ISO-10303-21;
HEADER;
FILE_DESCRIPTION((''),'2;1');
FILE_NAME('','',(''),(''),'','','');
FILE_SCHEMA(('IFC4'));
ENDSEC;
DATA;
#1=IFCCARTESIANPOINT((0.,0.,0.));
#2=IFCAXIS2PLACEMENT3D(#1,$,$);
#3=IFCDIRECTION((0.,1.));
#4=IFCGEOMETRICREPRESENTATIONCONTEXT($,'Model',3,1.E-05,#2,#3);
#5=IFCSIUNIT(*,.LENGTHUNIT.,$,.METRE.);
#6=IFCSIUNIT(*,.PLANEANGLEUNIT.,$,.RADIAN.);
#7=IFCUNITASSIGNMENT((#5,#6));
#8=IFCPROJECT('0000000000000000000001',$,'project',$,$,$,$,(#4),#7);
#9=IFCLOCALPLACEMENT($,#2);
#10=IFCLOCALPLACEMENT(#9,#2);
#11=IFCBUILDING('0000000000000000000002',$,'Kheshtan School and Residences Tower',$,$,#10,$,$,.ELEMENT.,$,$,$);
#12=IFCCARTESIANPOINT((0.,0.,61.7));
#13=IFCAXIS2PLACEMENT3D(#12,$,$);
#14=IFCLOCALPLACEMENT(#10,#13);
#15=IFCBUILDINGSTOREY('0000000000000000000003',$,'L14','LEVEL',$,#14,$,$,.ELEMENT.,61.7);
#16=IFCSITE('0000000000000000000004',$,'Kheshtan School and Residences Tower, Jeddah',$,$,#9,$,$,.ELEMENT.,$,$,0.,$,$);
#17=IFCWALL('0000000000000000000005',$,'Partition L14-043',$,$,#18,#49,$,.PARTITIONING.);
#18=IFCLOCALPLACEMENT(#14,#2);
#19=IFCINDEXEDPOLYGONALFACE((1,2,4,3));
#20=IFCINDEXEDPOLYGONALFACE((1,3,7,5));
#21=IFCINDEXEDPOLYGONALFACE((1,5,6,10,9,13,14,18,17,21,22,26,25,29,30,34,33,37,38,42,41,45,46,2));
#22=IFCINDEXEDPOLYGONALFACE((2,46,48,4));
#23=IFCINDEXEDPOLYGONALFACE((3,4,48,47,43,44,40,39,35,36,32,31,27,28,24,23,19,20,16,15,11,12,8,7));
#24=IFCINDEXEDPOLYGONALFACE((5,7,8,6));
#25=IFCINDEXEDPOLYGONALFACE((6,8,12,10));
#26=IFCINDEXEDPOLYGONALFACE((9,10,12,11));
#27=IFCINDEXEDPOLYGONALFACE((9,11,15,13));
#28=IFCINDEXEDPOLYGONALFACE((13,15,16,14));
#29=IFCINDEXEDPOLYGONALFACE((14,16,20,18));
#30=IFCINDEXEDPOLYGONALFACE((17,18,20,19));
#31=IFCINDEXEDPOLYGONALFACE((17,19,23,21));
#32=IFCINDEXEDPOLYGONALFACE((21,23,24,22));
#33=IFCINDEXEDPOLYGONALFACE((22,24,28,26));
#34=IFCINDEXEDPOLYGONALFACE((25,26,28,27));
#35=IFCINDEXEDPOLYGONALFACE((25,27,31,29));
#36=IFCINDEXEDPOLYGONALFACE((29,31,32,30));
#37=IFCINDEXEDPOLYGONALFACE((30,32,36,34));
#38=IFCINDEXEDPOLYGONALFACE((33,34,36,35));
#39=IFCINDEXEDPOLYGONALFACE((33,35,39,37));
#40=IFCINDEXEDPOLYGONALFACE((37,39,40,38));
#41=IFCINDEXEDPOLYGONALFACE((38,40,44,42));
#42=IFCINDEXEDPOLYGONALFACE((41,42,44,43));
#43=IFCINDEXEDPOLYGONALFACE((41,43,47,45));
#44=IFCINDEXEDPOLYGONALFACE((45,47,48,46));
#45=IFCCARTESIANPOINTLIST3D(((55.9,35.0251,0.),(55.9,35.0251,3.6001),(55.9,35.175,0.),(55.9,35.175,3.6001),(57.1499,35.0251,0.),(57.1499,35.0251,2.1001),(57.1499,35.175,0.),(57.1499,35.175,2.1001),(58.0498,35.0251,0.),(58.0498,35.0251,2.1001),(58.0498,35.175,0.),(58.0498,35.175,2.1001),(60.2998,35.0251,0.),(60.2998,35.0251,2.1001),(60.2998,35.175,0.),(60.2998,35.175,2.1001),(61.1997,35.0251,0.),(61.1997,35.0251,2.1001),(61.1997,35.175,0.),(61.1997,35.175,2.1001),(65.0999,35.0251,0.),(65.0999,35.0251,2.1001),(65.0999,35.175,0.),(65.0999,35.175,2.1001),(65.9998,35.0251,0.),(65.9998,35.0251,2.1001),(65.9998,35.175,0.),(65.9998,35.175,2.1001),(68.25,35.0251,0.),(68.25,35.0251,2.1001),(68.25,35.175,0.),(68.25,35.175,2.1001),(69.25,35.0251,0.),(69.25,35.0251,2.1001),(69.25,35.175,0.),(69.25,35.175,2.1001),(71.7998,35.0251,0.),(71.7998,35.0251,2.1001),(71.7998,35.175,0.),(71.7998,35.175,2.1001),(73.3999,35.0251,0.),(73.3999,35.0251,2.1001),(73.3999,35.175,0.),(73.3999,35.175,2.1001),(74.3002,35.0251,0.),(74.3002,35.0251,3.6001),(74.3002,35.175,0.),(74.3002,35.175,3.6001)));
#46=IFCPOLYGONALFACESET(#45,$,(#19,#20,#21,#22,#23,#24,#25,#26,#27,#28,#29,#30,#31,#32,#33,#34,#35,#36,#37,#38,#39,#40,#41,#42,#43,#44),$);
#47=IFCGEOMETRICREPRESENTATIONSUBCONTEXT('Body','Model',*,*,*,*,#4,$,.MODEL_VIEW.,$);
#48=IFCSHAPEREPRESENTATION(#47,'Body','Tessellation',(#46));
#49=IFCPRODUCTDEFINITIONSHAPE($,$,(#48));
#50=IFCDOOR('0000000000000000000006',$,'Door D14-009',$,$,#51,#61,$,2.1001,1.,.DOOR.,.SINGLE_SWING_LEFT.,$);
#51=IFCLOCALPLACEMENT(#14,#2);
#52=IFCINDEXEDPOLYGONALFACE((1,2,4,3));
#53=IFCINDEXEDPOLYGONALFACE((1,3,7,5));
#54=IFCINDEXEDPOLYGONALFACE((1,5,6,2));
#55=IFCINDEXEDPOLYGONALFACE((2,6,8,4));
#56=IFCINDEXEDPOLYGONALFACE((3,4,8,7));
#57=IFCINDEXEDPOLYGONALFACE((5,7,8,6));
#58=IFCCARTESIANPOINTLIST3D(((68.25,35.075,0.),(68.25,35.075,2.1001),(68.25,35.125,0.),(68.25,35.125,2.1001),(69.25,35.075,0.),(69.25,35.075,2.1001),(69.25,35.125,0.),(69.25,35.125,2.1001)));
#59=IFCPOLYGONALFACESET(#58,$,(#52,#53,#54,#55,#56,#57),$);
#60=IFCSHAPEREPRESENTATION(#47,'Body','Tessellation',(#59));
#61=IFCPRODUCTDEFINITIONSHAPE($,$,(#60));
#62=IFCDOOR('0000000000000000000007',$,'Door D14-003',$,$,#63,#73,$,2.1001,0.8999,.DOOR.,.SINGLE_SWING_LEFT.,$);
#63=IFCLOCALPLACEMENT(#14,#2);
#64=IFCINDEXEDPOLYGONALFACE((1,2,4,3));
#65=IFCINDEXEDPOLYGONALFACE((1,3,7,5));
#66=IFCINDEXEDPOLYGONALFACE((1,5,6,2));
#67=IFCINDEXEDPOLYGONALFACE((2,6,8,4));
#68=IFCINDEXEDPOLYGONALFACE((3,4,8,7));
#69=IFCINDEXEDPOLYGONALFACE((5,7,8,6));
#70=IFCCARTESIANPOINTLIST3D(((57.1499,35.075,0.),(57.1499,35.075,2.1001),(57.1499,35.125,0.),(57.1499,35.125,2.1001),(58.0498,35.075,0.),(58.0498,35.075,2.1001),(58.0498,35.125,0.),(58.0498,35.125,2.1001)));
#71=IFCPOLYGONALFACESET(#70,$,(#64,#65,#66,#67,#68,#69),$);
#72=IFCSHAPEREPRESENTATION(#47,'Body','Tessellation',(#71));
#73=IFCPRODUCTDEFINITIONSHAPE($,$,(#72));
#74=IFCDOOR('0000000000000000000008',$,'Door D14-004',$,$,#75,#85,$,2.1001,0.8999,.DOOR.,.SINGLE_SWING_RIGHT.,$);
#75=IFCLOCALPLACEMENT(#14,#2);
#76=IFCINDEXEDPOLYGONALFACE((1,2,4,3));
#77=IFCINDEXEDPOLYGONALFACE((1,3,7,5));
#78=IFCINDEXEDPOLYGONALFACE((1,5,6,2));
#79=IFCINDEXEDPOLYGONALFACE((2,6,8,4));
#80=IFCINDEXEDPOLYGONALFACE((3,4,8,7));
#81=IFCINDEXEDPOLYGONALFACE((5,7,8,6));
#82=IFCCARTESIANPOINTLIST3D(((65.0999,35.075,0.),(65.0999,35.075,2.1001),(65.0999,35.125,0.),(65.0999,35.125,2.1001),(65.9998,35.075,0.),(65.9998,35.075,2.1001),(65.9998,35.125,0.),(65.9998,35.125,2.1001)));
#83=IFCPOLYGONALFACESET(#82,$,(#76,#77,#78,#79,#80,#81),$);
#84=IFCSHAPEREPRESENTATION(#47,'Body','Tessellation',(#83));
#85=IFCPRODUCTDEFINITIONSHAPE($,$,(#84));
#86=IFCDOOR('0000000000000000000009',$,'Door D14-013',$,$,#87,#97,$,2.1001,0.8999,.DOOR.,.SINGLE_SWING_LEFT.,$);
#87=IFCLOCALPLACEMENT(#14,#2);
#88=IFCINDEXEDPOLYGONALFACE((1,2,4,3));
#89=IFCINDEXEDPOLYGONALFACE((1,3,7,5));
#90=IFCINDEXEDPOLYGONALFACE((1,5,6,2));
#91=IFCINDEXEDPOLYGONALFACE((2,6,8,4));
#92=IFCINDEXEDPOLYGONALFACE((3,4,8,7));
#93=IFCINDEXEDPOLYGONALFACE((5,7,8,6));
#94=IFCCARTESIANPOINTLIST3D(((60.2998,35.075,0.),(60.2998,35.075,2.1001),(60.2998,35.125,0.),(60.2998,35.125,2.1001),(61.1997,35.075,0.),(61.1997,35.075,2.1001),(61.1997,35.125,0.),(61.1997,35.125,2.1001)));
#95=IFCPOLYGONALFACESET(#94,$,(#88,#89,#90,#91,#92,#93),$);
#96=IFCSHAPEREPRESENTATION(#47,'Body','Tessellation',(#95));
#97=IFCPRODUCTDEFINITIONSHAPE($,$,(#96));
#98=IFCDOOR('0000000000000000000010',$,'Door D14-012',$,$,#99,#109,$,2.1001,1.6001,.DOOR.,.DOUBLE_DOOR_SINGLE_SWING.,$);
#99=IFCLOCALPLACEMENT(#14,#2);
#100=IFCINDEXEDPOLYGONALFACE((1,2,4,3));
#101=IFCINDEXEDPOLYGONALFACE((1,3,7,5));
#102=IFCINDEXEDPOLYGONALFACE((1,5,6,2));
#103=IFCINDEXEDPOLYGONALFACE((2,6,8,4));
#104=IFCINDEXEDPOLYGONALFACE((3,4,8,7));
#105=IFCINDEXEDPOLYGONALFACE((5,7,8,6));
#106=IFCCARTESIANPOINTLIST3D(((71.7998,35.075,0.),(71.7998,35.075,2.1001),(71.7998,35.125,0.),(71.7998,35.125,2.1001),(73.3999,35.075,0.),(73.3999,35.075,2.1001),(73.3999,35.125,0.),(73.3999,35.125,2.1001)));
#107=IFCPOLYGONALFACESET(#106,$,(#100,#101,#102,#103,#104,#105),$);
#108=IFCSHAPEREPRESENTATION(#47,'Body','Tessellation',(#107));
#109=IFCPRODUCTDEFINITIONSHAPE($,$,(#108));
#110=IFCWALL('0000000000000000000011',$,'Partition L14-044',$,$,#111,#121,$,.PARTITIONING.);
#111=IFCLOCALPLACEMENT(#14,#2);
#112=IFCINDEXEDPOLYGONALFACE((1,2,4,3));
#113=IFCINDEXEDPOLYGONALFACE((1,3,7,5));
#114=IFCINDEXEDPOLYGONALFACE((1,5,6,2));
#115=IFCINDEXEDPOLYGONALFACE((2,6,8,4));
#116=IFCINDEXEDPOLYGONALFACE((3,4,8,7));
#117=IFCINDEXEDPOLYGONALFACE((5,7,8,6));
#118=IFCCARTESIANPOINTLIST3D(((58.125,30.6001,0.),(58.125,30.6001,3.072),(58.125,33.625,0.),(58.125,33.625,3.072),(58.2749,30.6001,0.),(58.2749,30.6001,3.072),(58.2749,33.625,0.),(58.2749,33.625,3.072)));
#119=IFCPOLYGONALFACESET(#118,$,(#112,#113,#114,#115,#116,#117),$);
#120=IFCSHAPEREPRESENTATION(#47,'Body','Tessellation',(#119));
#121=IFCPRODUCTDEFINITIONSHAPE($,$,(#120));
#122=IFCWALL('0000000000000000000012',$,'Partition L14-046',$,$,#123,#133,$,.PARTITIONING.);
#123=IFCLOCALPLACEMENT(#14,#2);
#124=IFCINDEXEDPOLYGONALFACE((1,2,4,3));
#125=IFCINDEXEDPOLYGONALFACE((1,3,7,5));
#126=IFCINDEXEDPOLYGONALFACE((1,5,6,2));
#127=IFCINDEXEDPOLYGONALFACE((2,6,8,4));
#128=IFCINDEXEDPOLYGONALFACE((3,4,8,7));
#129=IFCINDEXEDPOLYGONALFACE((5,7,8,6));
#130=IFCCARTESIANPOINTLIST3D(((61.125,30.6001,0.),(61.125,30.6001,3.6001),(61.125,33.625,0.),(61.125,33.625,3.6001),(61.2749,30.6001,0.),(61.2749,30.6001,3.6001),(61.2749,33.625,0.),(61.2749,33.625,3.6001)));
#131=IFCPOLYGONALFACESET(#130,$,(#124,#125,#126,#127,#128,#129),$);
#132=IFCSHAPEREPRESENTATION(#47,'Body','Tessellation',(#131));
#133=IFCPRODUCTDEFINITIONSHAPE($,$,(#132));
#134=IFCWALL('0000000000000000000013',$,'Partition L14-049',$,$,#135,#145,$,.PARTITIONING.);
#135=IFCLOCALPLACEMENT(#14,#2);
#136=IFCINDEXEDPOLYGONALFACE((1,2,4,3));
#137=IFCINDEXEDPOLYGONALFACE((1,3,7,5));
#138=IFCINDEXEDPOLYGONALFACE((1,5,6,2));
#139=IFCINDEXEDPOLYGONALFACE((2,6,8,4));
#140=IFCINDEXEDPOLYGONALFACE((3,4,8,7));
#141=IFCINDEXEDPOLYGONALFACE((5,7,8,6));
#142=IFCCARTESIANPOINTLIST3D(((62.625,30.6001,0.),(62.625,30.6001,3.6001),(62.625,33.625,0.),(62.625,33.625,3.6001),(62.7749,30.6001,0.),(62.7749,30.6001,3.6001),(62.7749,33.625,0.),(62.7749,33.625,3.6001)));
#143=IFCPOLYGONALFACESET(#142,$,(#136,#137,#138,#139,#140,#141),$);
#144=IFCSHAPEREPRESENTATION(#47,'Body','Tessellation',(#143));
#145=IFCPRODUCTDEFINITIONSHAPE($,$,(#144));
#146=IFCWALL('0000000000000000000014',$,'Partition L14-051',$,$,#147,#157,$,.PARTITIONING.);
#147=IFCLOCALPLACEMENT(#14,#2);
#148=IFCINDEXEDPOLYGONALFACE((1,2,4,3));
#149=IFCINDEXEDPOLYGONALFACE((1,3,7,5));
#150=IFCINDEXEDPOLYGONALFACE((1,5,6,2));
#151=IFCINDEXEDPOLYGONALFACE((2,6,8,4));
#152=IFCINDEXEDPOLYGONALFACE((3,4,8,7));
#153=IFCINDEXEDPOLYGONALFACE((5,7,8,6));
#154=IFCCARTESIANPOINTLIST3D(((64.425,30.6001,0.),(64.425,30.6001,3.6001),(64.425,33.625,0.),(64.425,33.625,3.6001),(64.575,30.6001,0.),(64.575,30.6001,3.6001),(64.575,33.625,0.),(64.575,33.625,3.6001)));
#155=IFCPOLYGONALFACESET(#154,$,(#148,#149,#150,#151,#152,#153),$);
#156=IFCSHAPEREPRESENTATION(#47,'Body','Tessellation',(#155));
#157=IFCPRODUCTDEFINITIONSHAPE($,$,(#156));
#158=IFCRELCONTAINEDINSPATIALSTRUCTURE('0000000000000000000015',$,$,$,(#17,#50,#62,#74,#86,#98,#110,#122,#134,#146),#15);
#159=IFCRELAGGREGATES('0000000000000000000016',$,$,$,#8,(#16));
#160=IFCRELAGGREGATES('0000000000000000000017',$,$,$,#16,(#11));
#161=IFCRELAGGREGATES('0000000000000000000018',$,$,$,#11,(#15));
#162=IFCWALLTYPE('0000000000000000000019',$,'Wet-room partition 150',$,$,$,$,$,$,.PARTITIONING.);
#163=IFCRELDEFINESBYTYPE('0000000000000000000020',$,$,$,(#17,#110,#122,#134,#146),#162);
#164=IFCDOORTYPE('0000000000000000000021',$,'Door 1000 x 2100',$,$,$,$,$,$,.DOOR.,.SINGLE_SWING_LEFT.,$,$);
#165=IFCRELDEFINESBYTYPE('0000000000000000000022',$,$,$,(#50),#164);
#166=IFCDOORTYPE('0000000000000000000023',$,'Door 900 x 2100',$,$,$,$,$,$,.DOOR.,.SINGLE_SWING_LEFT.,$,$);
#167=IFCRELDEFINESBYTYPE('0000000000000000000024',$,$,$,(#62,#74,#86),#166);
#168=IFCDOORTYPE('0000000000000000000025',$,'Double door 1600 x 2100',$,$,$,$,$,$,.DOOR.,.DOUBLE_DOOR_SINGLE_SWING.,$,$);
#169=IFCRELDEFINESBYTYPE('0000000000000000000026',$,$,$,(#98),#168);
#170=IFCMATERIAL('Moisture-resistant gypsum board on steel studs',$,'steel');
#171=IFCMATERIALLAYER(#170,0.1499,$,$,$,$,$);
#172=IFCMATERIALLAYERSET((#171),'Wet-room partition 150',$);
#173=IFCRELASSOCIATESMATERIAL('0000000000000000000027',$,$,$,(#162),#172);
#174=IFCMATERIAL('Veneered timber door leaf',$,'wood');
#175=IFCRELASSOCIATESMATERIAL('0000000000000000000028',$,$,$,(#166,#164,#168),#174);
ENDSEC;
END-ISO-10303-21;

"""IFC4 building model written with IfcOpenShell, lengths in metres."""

from ifc_helpers import new_model, si_unit, direction, frame, frame_2d, origin, place, context, subcontext, project, spatial, rectangle, extrude, source, transform, mapped, material, layer, layer_set, type_object, element, fill, save


model = new_model("IFC4")

# Units and contexts
model_context = context("Model", 3, precision=1e-05, world=origin(), true_north=direction((0.0, 1.0)))
body_context = subcontext(model_context, "Body", "Model", "MODEL_VIEW")
ifc_project = project(units=[si_unit("LENGTHUNIT", "METRE"), si_unit("PLANEANGLEUNIT", "RADIAN")], contexts=[model_context])

# Site, building, storey
site_placement = place(None, origin())
site = spatial("IfcSite", under=ifc_project, at=site_placement, Name="Kheshtan School and Residences Tower, Jeddah", CompositionType="ELEMENT", RefElevation=0.0)
building_placement = place(site_placement, origin())
building = spatial("IfcBuilding", under=site, at=building_placement, Name="Kheshtan School and Residences Tower", CompositionType="ELEMENT")
storey_placement = place(building_placement, frame((0.0, 0.0, 61.7)))
storey = spatial("IfcBuildingStorey", under=building, at=storey_placement, Name="L14", Description="LEVEL", CompositionType="ELEMENT", Elevation=61.7)

# Wall, openings, doors
ifc_material_1 = material(Name="Moisture-resistant gypsum board on steel studs", Category="steel")
ifc_layer_1 = layer(ifc_material_1, 0.1499)
ifc_layer_set_1 = layer_set([ifc_layer_1], Name="Wet-room partition 150")
wall_type_1 = type_object("IfcWallType", Name="Wet-room partition 150", PredefinedType="PARTITIONING", material=ifc_layer_set_1)
ifc_material_2 = material(Name="Veneered timber door leaf", Category="wood")
door_type_1 = type_object("IfcDoorType", Name="Door 900 x 2100", OperationType="SINGLE_SWING_LEFT", PredefinedType="DOOR", material=ifc_material_2)
shared_shape_1 = source(origin(), body_context, "Body", "SweptSolid", [
    extrude(rectangle(XDim=0.8999, YDim=2.1001, at=frame_2d((0.45, 1.05))), frame((0.0, 0.0249, 0.0), z_axis=(0.0, -1.0, 0.0), x_axis=(1.0, 0.0, 0.0)), (0.0, 0.0, 1.0), 0.05),
])
wall_1_placement = place(storey_placement, frame((55.8999, 35.1001, 0.0), z_axis=(0.0, 0.0, 1.0), x_axis=(1.0, 0.0, 0.0)))
wall_1 = element("IfcWall", 1, at=wall_1_placement, inside=storey, type_object=wall_type_1, Name="Partition L14-043", PredefinedType="PARTITIONING", context=body_context, shape_type="SweptSolid", body=[
    extrude(rectangle(XDim=18.4001, YDim=0.1499, at=frame_2d((9.2002, 0.0))), origin(), (0.0, 0.0, 1.0), 3.6001),
])
opening_1_placement = place(wall_1_placement, frame((1.25, 0.0, 0.0)))
opening_1 = element("IfcOpeningElement", 2, at=opening_1_placement, cuts=wall_1, PredefinedType="OPENING", context=body_context, shape_type="SweptSolid", body=[
    extrude(rectangle(XDim=0.8999, YDim=2.1001, at=frame_2d((0.45, 1.05))), frame((0.0, 0.085, 0.0), z_axis=(0.0, -1.0, 0.0), x_axis=(1.0, 0.0, 0.0)), (0.0, 0.0, 1.0), 0.1699),
])
opening_2_placement = place(wall_1_placement, frame((9.2, 0.0, 0.0)))
opening_2 = element("IfcOpeningElement", 3, at=opening_2_placement, cuts=wall_1, PredefinedType="OPENING", context=body_context, shape_type="SweptSolid", body=[
    extrude(rectangle(XDim=0.8999, YDim=2.1001, at=frame_2d((0.45, 1.05))), frame((0.0, 0.085, 0.0), z_axis=(0.0, -1.0, 0.0), x_axis=(1.0, 0.0, 0.0)), (0.0, 0.0, 1.0), 0.1699),
])
opening_3_placement = place(wall_1_placement, frame((12.3501, 0.0, 0.0)))
opening_3 = element("IfcOpeningElement", 4, at=opening_3_placement, cuts=wall_1, PredefinedType="OPENING", context=body_context, shape_type="SweptSolid", body=[
    extrude(rectangle(XDim=1.0, YDim=2.1001, at=frame_2d((0.5, 1.05))), frame((0.0, 0.085, 0.0), z_axis=(0.0, -1.0, 0.0), x_axis=(1.0, 0.0, 0.0)), (0.0, 0.0, 1.0), 0.1699),
])
opening_4_placement = place(wall_1_placement, frame((15.8999, 0.0, 0.0)))
opening_4 = element("IfcOpeningElement", 5, at=opening_4_placement, cuts=wall_1, PredefinedType="OPENING", context=body_context, shape_type="SweptSolid", body=[
    extrude(rectangle(XDim=1.6001, YDim=2.1001, at=frame_2d((0.8, 1.05))), frame((0.0, 0.085, 0.0), z_axis=(0.0, -1.0, 0.0), x_axis=(1.0, 0.0, 0.0)), (0.0, 0.0, 1.0), 0.1699),
])
opening_5_placement = place(wall_1_placement, frame((4.3999, 0.0, 0.0)))
opening_5 = element("IfcOpeningElement", 6, at=opening_5_placement, cuts=wall_1, PredefinedType="OPENING", context=body_context, shape_type="SweptSolid", body=[
    extrude(rectangle(XDim=0.8999, YDim=2.1001, at=frame_2d((0.45, 1.05))), frame((0.0, 0.085, 0.0), z_axis=(0.0, -1.0, 0.0), x_axis=(1.0, 0.0, 0.0)), (0.0, 0.0, 1.0), 0.1699),
])
door_type_2 = type_object("IfcDoorType", Name="Door 1000 x 2100", OperationType="SINGLE_SWING_LEFT", PredefinedType="DOOR", material=ifc_material_2)
shared_shape_2 = source(origin(), body_context, "Body", "SweptSolid", [
    extrude(rectangle(XDim=1.0, YDim=2.1001, at=frame_2d((0.5, 1.05))), frame((0.0, 0.0249, 0.0), z_axis=(0.0, -1.0, 0.0), x_axis=(1.0, 0.0, 0.0)), (0.0, 0.0, 1.0), 0.05),
])
door_1_placement = place(opening_3_placement, origin())
door_1 = element("IfcDoor", 7, at=door_1_placement, inside=storey, type_object=door_type_2, Name="Door D14-009", OperationType="SINGLE_SWING_LEFT", OverallHeight=2.1001, OverallWidth=1.0, PredefinedType="DOOR", context=body_context, shape_type="MappedRepresentation", body=[
    mapped(shared_shape_2, transform((0.0, 0.0, 0.0), x_axis=(1.0, 0.0, 0.0), y_axis=(0.0, 1.0, 0.0), z_axis=(0.0, 0.0, 1.0), scale=1.0)),
])
fill(opening_3, door_1)
door_2_placement = place(opening_1_placement, origin())
door_2 = element("IfcDoor", 8, at=door_2_placement, inside=storey, type_object=door_type_1, Name="Door D14-003", OperationType="SINGLE_SWING_LEFT", OverallHeight=2.1001, OverallWidth=0.8999, PredefinedType="DOOR", context=body_context, shape_type="MappedRepresentation", body=[
    mapped(shared_shape_1, transform((0.0, 0.0, 0.0), x_axis=(1.0, 0.0, 0.0), y_axis=(0.0, 1.0, 0.0), z_axis=(0.0, 0.0, 1.0), scale=1.0)),
])
fill(opening_1, door_2)
door_3_placement = place(opening_2_placement, origin())
door_3 = element("IfcDoor", 9, at=door_3_placement, inside=storey, type_object=door_type_1, Name="Door D14-004", OperationType="SINGLE_SWING_RIGHT", OverallHeight=2.1001, OverallWidth=0.8999, PredefinedType="DOOR", context=body_context, shape_type="MappedRepresentation", body=[
    mapped(shared_shape_1, transform((0.0, 0.0, 0.0), x_axis=(1.0, 0.0, 0.0), y_axis=(0.0, 1.0, 0.0), z_axis=(0.0, 0.0, 1.0), scale=1.0)),
])
fill(opening_2, door_3)
door_4_placement = place(opening_5_placement, origin())
door_4 = element("IfcDoor", 10, at=door_4_placement, inside=storey, type_object=door_type_1, Name="Door D14-013", OperationType="SINGLE_SWING_LEFT", OverallHeight=2.1001, OverallWidth=0.8999, PredefinedType="DOOR", context=body_context, shape_type="MappedRepresentation", body=[
    mapped(shared_shape_1, transform((0.0, 0.0, 0.0), x_axis=(1.0, 0.0, 0.0), y_axis=(0.0, 1.0, 0.0), z_axis=(0.0, 0.0, 1.0), scale=1.0)),
])
fill(opening_5, door_4)
door_type_3 = type_object("IfcDoorType", Name="Double door 1600 x 2100", OperationType="DOUBLE_DOOR_SINGLE_SWING", PredefinedType="DOOR", material=ifc_material_2)
shared_shape_3 = source(origin(), body_context, "Body", "SweptSolid", [
    extrude(rectangle(XDim=1.6001, YDim=2.1001, at=frame_2d((0.8, 1.05))), frame((0.0, 0.0249, 0.0), z_axis=(0.0, -1.0, 0.0), x_axis=(1.0, 0.0, 0.0)), (0.0, 0.0, 1.0), 0.05),
])
door_5_placement = place(opening_4_placement, origin())
door_5 = element("IfcDoor", 11, at=door_5_placement, inside=storey, type_object=door_type_3, Name="Door D14-012", OperationType="DOUBLE_DOOR_SINGLE_SWING", OverallHeight=2.1001, OverallWidth=1.6001, PredefinedType="DOOR", context=body_context, shape_type="MappedRepresentation", body=[
    mapped(shared_shape_3, transform((0.0, 0.0, 0.0), x_axis=(1.0, 0.0, 0.0), y_axis=(0.0, 1.0, 0.0), z_axis=(0.0, 0.0, 1.0), scale=1.0)),
])
fill(opening_4, door_5)

# Walls
wall_2_placement = place(storey_placement, frame((58.2, 30.6001, 0.0), z_axis=(0.0, 0.0, 1.0), x_axis=(0.0, 1.0, 0.0)))
element("IfcWall", 12, at=wall_2_placement, inside=storey, type_object=wall_type_1, Name="Partition L14-044", PredefinedType="PARTITIONING", context=body_context, shape_type="SweptSolid", body=[
    extrude(rectangle(XDim=3.0249, YDim=0.1499, at=frame_2d((1.5125, 0.0))), origin(), (0.0, 0.0, 1.0), 3.072),
])
for number, where, z_axis, x_axis, name in (
    (13, (61.2, 30.6001, 0.0), (0.0, 0.0, 1.0), (0.0, 1.0, 0.0), "Partition L14-046"),
    (14, (62.7, 30.6001, 0.0), (0.0, 0.0, 1.0), (0.0, 1.0, 0.0), "Partition L14-049"),
    (15, (64.5, 30.6001, 0.0), (0.0, 0.0, 1.0), (0.0, 1.0, 0.0), "Partition L14-051"),
):
    element("IfcWall", number, at=place(storey_placement, frame(where, z_axis=z_axis, x_axis=x_axis)), inside=storey, type_object=wall_type_1, Name=name, PredefinedType="PARTITIONING", context=body_context, shape_type="SweptSolid", body=[
        extrude(rectangle(XDim=3.0249, YDim=0.1499, at=frame_2d((1.5125, 0.0))), origin(), (0.0, 0.0, 1.0), 3.6001),
    ])

save(model, "model.ifc")
